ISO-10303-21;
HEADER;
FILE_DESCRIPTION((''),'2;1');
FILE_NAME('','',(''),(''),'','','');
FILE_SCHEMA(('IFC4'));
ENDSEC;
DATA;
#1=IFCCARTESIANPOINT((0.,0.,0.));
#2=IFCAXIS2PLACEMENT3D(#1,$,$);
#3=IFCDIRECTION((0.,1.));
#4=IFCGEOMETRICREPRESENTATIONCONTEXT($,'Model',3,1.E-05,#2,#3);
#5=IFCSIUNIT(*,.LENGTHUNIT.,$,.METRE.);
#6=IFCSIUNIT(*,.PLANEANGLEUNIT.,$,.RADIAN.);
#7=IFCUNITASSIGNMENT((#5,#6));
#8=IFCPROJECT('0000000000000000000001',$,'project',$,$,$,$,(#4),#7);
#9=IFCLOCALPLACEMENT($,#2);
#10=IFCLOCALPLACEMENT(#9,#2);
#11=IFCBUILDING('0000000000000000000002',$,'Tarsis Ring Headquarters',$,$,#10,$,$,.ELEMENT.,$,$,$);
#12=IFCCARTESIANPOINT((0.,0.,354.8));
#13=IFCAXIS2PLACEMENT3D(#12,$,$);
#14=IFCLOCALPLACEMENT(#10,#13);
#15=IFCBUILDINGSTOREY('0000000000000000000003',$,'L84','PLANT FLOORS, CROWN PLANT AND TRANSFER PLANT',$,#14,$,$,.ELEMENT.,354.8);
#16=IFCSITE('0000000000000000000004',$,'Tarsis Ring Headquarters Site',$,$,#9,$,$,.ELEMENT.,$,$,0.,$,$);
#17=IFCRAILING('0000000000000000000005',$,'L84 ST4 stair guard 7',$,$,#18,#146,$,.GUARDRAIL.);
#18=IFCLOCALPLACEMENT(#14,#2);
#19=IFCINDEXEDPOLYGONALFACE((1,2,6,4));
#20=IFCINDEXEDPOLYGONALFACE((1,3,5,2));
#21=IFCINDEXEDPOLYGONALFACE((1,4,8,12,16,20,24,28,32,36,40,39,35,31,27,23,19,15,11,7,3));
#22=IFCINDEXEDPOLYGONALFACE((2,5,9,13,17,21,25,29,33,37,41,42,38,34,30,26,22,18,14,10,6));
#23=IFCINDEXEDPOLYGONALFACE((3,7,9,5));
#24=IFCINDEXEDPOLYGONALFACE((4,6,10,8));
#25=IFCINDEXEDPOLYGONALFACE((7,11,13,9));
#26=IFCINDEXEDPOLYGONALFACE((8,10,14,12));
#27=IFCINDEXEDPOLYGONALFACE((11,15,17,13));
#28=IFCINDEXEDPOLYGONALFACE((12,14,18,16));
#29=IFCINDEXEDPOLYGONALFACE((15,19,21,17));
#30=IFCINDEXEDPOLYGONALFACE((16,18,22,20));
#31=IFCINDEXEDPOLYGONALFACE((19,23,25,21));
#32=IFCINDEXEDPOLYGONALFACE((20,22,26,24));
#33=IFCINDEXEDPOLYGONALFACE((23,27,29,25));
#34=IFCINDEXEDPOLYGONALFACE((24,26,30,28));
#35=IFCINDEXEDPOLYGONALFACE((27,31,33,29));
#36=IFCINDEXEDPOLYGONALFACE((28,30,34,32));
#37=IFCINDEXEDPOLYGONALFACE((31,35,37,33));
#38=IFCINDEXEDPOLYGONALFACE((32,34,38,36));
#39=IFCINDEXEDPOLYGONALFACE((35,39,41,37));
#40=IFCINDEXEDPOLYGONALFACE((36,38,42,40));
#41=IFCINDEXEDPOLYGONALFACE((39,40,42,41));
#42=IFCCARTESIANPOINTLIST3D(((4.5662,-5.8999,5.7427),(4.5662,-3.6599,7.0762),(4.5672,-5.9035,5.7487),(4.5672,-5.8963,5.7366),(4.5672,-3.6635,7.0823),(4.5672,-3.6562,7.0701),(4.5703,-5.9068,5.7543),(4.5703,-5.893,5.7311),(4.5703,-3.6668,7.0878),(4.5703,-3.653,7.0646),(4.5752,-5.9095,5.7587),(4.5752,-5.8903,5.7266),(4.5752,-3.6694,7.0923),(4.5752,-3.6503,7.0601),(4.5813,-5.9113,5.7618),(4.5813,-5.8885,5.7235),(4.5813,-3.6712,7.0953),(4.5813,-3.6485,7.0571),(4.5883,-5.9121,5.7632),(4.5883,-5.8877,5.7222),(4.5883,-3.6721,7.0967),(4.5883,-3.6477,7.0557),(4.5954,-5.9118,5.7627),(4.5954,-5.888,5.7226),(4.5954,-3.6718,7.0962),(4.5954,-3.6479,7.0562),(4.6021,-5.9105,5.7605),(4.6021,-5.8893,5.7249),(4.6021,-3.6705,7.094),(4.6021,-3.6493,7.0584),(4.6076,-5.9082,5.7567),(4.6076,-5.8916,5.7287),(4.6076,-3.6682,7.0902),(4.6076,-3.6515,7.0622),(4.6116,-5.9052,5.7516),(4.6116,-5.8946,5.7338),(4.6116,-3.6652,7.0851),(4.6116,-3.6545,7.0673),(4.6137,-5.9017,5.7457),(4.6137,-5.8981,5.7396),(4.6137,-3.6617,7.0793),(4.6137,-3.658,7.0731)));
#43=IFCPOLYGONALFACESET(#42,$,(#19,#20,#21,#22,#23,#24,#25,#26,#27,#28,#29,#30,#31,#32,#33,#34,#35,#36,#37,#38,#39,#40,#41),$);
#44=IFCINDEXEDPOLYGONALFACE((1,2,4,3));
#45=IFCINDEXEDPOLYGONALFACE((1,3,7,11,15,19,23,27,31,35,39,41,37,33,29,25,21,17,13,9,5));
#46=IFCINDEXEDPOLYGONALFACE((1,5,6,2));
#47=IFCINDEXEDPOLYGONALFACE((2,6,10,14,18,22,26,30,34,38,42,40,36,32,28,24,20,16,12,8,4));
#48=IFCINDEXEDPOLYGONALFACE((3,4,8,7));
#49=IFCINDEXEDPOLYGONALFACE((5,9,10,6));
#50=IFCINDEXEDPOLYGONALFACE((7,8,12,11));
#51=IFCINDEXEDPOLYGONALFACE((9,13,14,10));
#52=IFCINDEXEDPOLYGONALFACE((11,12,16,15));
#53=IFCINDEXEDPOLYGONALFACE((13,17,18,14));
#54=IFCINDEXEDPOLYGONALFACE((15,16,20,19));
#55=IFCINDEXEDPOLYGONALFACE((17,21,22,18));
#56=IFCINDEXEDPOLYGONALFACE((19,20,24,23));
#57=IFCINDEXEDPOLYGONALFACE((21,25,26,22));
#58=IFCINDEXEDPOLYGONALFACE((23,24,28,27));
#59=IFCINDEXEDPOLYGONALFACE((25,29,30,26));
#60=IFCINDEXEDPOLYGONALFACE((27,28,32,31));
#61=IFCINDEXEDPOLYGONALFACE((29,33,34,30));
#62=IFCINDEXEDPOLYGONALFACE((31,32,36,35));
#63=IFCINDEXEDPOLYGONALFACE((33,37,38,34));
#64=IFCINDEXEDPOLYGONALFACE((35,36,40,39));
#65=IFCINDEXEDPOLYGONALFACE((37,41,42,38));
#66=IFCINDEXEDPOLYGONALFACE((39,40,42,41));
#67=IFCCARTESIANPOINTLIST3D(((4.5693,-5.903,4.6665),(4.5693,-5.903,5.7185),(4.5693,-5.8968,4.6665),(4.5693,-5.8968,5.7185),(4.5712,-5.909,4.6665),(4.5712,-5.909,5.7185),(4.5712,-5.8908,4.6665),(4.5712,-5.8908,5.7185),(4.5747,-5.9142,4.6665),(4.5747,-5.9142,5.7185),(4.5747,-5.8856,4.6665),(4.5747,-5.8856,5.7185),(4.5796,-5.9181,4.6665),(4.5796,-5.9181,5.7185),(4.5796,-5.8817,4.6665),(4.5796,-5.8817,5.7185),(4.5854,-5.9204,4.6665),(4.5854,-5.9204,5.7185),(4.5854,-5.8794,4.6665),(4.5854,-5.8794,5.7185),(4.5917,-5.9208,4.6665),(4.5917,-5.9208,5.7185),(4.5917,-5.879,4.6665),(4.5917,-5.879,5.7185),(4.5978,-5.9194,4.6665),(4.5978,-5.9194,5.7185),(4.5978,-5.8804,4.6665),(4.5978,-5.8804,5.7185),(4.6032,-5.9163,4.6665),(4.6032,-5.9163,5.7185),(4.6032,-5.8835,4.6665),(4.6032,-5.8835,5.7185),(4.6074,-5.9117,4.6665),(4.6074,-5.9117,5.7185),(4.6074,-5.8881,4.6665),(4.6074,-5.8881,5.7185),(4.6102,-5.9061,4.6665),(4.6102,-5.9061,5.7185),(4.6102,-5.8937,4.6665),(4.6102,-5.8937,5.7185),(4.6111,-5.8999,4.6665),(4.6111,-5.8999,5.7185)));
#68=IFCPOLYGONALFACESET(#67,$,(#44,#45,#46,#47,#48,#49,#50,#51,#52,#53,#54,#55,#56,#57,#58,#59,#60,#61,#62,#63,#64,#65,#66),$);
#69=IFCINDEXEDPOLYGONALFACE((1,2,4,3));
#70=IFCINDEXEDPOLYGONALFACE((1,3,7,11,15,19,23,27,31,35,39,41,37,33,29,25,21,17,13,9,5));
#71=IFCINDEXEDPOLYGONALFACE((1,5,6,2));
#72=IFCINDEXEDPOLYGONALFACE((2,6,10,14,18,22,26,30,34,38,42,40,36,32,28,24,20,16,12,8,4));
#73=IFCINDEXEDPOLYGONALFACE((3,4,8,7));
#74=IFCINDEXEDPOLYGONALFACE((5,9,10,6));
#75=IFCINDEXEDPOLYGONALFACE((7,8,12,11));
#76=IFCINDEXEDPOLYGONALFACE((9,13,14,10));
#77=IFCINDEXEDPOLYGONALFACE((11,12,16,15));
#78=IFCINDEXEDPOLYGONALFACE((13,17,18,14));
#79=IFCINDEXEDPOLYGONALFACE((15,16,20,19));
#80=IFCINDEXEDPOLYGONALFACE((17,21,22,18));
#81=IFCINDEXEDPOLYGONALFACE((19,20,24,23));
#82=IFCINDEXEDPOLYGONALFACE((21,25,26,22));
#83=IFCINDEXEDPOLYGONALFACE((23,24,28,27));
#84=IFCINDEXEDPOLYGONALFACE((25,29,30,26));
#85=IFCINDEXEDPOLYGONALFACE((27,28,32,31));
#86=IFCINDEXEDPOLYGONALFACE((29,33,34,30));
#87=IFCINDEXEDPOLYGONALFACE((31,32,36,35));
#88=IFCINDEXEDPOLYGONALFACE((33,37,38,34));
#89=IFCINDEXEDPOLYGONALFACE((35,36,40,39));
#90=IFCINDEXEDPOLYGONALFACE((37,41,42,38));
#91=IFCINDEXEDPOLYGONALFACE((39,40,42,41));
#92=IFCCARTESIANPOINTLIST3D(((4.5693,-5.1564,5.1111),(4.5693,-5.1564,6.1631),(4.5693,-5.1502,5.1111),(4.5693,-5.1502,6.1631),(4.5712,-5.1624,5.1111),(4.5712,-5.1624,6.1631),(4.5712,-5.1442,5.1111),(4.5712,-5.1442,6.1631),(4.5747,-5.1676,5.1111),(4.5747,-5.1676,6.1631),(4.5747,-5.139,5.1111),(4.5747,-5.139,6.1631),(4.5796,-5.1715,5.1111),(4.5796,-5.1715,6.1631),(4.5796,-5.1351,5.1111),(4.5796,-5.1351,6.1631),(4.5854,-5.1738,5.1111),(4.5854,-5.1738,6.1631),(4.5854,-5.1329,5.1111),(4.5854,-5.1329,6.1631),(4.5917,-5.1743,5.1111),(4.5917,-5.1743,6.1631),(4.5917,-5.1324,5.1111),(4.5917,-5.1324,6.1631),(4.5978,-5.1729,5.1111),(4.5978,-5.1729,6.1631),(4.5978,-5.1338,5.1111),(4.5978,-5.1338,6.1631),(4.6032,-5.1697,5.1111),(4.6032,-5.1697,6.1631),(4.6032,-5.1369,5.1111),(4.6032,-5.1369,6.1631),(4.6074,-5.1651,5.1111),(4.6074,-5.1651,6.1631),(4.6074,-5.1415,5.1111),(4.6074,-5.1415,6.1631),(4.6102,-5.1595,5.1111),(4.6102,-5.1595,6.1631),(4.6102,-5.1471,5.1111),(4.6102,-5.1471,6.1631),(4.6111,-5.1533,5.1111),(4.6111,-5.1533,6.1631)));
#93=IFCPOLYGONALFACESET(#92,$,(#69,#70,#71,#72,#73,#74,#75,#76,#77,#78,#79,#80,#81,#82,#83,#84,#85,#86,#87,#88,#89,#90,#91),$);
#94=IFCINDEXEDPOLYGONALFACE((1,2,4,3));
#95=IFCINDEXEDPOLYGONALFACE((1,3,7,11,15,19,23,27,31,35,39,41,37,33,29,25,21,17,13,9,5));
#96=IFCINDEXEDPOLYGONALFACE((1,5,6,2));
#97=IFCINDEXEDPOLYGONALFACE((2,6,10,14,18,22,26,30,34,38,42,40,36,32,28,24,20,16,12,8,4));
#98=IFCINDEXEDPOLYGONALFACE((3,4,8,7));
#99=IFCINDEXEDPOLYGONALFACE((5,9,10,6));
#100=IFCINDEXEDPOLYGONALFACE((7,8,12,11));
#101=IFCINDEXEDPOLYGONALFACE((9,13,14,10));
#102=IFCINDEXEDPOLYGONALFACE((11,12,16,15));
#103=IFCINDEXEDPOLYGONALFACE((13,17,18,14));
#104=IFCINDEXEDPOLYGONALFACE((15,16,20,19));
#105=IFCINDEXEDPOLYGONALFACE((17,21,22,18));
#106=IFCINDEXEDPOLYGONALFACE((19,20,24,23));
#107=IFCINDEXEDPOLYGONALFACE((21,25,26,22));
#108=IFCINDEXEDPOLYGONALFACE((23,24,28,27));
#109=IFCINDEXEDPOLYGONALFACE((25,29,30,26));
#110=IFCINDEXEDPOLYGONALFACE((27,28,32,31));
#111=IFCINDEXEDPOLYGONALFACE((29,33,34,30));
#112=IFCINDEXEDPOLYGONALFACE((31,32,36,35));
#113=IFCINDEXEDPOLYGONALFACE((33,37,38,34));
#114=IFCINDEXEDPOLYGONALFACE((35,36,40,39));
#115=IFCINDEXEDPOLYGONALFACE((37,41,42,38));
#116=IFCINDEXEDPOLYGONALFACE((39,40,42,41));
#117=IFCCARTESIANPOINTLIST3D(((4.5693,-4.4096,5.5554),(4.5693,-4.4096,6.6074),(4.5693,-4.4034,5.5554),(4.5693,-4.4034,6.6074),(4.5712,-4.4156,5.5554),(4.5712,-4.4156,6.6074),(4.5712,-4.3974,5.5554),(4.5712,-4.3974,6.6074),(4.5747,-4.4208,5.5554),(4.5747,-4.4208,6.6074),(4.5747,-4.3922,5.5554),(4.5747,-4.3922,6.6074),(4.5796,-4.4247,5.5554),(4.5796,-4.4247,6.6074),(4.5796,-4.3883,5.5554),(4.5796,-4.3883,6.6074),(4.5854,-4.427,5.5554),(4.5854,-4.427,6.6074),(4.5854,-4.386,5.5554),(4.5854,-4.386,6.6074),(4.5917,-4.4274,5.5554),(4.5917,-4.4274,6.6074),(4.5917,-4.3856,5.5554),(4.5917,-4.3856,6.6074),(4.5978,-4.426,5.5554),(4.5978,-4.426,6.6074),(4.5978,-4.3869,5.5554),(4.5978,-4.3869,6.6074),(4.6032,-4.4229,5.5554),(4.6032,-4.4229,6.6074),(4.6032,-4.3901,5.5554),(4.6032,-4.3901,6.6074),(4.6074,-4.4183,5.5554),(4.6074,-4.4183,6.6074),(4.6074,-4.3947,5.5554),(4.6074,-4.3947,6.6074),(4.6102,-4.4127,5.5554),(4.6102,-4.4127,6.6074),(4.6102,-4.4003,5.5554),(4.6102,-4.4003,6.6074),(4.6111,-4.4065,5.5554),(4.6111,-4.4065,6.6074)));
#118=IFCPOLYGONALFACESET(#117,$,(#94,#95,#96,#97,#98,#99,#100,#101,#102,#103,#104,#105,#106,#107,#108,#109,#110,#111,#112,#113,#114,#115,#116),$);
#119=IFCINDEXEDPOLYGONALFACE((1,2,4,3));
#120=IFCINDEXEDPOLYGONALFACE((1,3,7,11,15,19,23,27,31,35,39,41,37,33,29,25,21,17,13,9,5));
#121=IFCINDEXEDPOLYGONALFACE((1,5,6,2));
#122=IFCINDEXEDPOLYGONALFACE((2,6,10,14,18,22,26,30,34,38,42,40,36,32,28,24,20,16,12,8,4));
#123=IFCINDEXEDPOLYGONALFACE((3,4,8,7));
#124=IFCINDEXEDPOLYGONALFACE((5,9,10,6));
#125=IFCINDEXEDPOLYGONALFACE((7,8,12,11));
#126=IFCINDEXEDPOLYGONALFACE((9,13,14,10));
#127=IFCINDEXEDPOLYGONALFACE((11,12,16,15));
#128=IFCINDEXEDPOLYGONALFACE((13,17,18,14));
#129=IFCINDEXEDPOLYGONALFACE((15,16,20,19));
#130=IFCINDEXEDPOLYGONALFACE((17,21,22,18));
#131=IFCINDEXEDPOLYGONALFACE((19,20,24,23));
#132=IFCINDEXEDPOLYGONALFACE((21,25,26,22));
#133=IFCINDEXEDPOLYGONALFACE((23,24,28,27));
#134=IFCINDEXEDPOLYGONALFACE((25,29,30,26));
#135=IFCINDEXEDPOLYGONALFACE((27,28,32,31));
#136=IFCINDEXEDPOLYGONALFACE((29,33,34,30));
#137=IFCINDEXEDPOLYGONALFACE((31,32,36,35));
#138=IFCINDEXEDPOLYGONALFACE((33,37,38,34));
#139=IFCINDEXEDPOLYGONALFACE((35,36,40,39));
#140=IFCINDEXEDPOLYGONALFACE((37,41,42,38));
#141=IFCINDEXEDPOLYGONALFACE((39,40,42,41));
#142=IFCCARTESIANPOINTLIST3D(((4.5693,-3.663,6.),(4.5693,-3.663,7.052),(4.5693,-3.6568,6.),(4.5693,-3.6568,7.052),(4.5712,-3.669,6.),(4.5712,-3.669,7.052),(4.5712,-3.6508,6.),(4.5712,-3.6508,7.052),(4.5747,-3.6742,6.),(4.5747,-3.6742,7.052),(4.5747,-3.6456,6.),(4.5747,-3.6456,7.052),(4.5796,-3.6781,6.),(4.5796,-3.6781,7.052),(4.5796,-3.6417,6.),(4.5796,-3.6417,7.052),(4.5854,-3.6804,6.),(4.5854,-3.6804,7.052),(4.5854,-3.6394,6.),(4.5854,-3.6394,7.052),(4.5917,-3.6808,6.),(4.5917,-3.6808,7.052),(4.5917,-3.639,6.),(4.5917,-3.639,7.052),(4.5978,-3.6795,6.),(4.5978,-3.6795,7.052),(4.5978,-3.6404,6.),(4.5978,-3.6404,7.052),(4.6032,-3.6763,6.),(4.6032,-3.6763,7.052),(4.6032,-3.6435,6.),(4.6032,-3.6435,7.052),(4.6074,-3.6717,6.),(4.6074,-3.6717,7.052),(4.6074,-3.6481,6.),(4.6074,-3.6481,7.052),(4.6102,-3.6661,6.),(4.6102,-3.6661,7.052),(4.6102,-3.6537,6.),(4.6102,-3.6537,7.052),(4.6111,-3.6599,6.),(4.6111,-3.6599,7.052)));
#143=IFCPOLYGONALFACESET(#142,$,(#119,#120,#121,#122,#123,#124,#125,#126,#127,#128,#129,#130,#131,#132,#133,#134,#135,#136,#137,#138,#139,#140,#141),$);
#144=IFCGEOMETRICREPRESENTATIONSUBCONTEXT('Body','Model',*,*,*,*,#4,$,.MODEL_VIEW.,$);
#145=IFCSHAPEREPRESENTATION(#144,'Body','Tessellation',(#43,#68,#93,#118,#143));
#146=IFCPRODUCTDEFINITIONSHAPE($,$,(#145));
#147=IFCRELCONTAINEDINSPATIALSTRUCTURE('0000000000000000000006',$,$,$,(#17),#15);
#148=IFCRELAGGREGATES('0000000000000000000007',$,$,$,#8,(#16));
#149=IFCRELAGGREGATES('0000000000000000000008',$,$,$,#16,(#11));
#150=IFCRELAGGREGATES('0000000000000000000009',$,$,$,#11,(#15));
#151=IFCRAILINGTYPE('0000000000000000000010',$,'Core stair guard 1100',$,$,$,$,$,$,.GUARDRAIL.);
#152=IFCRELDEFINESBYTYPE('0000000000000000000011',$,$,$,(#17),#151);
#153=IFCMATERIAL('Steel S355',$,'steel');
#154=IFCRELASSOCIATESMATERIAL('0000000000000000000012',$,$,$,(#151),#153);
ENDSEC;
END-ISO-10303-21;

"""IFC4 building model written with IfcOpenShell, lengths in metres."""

from ifc_helpers import new_model, si_unit, direction, frame, origin, origin_2d, place, context, subcontext, project, spatial, circle, extrude, material, type_object, element, save


model = new_model("IFC4")

# Units and contexts
model_context = context("Model", 3, precision=1e-05, world=origin(), true_north=direction((0.0, 1.0)))
body_context = subcontext(model_context, "Body", "Model", "MODEL_VIEW")
ifc_project = project(units=[si_unit("LENGTHUNIT", "METRE"), si_unit("PLANEANGLEUNIT", "RADIAN")], contexts=[model_context])

# Site, building, storey
site_placement = place(None, origin())
site = spatial("IfcSite", under=ifc_project, at=site_placement, Name="Tarsis Ring Headquarters Site", CompositionType="ELEMENT", RefElevation=0.0)
building_placement = place(site_placement, origin())
building = spatial("IfcBuilding", under=site, at=building_placement, Name="Tarsis Ring Headquarters", CompositionType="ELEMENT")
storey_placement = place(building_placement, frame((0.0, 0.0, 354.8)))
storey = spatial("IfcBuildingStorey", under=building, at=storey_placement, Name="L84", Description="PLANT FLOORS, CROWN PLANT AND TRANSFER PLANT", CompositionType="ELEMENT", Elevation=354.8)

# Railing
ifc_material_1 = material(Name="Steel S355", Category="steel")
railing_type_1 = type_object("IfcRailingType", Name="Core stair guard 1100", PredefinedType="GUARDRAIL", material=ifc_material_1)
railing_1_placement = place(storey_placement, frame((4.5901, -5.8999, 4.6665)))
element("IfcRailing", 1, at=railing_1_placement, inside=storey, type_object=railing_type_1, Name="L84 ST4 stair guard 7", PredefinedType="GUARDRAIL", context=body_context, shape_type="SweptSolid", body=[
    extrude(circle(Radius=0.0239, at=origin_2d()), frame((0.0, 0.0, 1.0762), z_axis=(0.0, 0.859264, 0.511532), x_axis=(-1.0, 0.0, 0.0)), (0.0, 0.0, 1.0), 2.6069),
    extrude(circle(Radius=0.021, at=origin_2d()), origin(), (0.0, 0.0, 1.0), 1.052),
    extrude(circle(Radius=0.021, at=origin_2d()), frame((0.0, 0.7466, 0.4446)), (0.0, 0.0, 1.0), 1.052),
    extrude(circle(Radius=0.021, at=origin_2d()), frame((0.0, 1.4934, 0.8889)), (0.0, 0.0, 1.0), 1.052),
    extrude(circle(Radius=0.021, at=origin_2d()), frame((0.0, 2.24, 1.3335)), (0.0, 0.0, 1.0), 1.052),
])

save(model, "model.ifc")
